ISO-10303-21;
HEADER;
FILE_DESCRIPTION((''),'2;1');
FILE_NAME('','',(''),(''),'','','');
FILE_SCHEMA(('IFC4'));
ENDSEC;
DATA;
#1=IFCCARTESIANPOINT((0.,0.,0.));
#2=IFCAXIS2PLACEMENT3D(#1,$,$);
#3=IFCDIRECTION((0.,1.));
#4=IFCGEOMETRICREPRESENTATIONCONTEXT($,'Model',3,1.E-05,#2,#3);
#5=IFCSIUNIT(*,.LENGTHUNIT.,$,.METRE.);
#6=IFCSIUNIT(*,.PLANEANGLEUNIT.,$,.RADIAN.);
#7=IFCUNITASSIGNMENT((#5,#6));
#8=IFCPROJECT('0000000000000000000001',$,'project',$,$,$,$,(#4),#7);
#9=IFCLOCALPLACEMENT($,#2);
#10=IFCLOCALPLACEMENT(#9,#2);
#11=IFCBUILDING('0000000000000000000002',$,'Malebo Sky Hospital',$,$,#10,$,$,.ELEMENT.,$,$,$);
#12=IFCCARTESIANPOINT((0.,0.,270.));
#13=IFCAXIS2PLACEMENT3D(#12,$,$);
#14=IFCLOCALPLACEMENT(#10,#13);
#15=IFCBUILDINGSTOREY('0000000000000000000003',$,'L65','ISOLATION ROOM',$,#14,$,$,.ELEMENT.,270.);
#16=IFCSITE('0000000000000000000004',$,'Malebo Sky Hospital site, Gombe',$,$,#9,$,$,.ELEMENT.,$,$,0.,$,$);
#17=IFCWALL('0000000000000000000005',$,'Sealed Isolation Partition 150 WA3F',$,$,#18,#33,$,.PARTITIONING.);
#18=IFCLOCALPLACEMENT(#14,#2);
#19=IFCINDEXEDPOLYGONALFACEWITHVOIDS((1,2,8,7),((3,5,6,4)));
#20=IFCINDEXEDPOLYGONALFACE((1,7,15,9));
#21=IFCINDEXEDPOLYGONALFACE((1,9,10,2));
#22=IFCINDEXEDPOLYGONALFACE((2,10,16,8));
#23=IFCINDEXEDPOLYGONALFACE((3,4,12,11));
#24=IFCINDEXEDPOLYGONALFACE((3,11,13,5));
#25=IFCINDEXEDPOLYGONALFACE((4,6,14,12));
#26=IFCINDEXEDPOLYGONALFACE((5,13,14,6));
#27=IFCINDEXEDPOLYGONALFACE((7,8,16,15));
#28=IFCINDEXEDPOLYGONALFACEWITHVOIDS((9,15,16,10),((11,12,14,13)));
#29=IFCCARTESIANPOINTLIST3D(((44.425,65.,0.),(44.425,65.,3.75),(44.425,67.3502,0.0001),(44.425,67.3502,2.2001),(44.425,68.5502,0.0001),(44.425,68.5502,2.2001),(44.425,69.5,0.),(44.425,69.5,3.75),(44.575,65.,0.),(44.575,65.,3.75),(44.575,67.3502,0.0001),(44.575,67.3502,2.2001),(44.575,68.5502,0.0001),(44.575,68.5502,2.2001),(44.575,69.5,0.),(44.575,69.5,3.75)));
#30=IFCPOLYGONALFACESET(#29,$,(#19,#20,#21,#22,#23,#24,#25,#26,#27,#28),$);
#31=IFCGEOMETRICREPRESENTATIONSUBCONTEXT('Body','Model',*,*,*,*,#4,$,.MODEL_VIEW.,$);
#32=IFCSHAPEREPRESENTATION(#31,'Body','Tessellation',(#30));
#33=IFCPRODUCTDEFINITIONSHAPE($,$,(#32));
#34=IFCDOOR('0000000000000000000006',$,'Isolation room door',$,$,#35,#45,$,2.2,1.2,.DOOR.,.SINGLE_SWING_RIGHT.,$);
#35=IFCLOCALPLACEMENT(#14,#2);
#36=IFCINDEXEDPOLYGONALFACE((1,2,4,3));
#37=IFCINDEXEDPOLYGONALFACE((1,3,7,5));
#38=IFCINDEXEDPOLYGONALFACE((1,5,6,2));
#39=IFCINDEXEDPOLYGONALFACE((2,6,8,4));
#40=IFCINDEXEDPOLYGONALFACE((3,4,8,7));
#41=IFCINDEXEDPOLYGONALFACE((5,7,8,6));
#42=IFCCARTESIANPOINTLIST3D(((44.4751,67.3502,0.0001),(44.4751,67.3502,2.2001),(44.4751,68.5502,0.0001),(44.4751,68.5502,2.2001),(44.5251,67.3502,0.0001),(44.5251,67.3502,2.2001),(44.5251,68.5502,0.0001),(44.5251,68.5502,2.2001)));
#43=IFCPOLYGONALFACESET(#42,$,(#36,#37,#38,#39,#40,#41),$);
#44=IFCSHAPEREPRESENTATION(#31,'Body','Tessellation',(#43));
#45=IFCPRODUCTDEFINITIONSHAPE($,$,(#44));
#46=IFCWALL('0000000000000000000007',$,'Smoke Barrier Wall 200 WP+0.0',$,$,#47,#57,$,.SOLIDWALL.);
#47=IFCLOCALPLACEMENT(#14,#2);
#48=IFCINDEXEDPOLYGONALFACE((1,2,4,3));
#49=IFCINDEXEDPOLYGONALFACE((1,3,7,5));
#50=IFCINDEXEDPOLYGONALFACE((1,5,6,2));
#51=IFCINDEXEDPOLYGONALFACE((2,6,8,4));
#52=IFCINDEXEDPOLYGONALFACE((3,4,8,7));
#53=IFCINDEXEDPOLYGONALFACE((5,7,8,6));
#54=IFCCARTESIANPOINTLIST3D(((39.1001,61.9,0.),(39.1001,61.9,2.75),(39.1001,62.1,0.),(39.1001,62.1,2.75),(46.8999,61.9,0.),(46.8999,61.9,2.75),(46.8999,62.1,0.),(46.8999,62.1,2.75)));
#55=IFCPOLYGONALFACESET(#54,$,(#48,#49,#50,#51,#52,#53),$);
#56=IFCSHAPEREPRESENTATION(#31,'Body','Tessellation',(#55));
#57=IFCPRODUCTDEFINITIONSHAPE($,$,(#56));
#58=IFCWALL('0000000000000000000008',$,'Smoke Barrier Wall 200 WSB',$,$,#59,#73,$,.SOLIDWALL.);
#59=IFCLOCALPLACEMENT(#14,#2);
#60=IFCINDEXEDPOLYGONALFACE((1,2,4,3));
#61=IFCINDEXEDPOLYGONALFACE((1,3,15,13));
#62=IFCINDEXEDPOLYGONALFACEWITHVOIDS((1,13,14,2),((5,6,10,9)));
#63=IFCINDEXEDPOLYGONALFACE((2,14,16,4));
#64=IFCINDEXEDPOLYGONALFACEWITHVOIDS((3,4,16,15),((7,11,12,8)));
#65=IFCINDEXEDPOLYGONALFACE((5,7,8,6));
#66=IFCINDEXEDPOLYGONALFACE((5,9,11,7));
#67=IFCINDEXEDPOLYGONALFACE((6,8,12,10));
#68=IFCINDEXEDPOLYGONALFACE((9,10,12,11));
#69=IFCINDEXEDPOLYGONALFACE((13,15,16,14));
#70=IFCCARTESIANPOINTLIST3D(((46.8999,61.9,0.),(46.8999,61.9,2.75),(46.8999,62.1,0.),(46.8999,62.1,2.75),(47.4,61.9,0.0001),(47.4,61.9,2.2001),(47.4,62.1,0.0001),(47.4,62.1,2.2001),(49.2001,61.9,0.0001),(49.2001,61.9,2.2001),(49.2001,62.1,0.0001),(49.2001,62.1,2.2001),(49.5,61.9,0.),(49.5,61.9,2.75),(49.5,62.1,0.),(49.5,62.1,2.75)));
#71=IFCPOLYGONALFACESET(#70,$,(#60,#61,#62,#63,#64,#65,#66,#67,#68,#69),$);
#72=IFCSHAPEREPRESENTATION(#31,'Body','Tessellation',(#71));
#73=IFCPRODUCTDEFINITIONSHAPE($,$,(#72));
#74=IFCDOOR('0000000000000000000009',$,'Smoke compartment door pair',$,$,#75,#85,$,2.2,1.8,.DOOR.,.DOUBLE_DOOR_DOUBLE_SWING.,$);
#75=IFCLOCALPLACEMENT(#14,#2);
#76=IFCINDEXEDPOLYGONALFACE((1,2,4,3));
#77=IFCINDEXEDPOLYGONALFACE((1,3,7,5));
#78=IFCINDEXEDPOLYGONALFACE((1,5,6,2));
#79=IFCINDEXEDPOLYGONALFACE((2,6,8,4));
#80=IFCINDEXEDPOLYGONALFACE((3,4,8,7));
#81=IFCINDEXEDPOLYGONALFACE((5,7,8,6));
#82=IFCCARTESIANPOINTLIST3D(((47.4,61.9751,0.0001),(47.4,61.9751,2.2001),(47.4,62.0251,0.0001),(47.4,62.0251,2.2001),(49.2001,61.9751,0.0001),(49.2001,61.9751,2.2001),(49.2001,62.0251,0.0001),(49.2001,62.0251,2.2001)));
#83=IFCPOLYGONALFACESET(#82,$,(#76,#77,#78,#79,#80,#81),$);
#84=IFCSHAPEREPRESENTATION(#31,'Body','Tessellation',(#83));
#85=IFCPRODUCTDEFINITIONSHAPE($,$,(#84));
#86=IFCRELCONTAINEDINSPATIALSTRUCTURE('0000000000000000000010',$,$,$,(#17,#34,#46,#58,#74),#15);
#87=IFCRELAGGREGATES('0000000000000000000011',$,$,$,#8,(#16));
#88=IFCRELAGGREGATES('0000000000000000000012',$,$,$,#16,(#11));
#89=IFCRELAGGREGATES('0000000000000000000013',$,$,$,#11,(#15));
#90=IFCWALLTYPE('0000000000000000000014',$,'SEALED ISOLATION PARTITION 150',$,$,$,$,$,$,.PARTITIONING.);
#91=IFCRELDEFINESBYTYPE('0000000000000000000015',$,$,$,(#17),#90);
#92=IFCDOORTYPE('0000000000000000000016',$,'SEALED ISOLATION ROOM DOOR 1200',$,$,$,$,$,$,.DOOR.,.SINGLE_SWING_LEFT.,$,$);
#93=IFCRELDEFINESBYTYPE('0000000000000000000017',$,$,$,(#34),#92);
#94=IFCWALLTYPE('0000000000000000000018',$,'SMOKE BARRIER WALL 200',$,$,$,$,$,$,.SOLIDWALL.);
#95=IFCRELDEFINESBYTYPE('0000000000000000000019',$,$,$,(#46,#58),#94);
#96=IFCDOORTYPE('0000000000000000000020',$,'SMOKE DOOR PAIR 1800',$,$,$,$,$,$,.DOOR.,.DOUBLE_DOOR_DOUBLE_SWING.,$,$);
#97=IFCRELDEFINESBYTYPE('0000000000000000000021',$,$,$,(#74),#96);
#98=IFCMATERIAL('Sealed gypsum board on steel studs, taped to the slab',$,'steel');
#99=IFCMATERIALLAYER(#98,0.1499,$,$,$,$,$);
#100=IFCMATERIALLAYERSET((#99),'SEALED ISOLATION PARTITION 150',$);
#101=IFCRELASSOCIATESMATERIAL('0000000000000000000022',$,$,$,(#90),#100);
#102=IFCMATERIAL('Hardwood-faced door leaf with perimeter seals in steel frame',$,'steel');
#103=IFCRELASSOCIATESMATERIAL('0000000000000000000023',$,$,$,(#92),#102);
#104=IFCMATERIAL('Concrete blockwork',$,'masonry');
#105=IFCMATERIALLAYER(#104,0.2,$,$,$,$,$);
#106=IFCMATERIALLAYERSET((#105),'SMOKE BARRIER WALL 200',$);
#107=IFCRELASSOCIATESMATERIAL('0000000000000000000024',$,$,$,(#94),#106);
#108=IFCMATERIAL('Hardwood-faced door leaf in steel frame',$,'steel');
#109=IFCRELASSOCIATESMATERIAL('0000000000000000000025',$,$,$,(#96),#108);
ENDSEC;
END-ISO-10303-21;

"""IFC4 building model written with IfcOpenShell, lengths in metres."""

from ifc_helpers import new_model, si_unit, direction, frame, frame_2d, origin, place, context, subcontext, project, spatial, rectangle, extrude, material, layer, layer_set, type_object, element, fill, save


model = new_model("IFC4")

# Units and contexts
model_context = context("Model", 3, precision=1e-05, world=origin(), true_north=direction((0.0, 1.0)))
body_context = subcontext(model_context, "Body", "Model", "MODEL_VIEW")
ifc_project = project(units=[si_unit("LENGTHUNIT", "METRE"), si_unit("PLANEANGLEUNIT", "RADIAN")], contexts=[model_context])

# Site, building, storey
site_placement = place(None, origin())
site = spatial("IfcSite", under=ifc_project, at=site_placement, Name="Malebo Sky Hospital site, Gombe", CompositionType="ELEMENT", RefElevation=0.0)
building_placement = place(site_placement, origin())
building = spatial("IfcBuilding", under=site, at=building_placement, Name="Malebo Sky Hospital", CompositionType="ELEMENT")
storey_placement = place(building_placement, frame((0.0, 0.0, 270.0)))
storey = spatial("IfcBuildingStorey", under=building, at=storey_placement, Name="L65", Description="ISOLATION ROOM", CompositionType="ELEMENT", Elevation=270.0)

# Shared definitions
ifc_material_1 = material(Name="Hardwood-faced door leaf in steel frame", Category="steel")

# Wall, opening, door
ifc_material_2 = material(Name="Sealed gypsum board on steel studs, taped to the slab", Category="steel")
ifc_layer_1 = layer(ifc_material_2, 0.1499)
ifc_layer_set_1 = layer_set([ifc_layer_1], Name="SEALED ISOLATION PARTITION 150")
wall_type_1 = type_object("IfcWallType", Name="SEALED ISOLATION PARTITION 150", PredefinedType="PARTITIONING", material=ifc_layer_set_1)
wall_1_placement = place(storey_placement, frame((44.5, 65.0, 0.0), z_axis=(0.0, 0.0, 1.0), x_axis=(0.0, 1.0, 0.0)))
wall_1 = element("IfcWall", 1, at=wall_1_placement, inside=storey, type_object=wall_type_1, Name="Sealed Isolation Partition 150 WA3F", PredefinedType="PARTITIONING", context=body_context, shape_type="SweptSolid", body=[
    extrude(rectangle(XDim=4.5, YDim=0.1499, at=frame_2d((2.25, 0.0))), origin(), (0.0, 0.0, 1.0), 3.75),
])
opening_1_placement = place(wall_1_placement, frame((2.3501, 0.0, 0.0)))
opening_1 = element("IfcOpeningElement", 2, at=opening_1_placement, cuts=wall_1, PredefinedType="OPENING", context=body_context, shape_type="SweptSolid", body=[
    extrude(rectangle(XDim=1.2, YDim=2.2, at=frame_2d((0.6001, 1.1001))), frame((0.0, 0.085, 0.0), z_axis=(0.0, -1.0, 0.0), x_axis=(1.0, 0.0, 0.0)), (0.0, 0.0, 1.0), 0.1699),
])
ifc_material_3 = material(Name="Hardwood-faced door leaf with perimeter seals in steel frame", Category="steel")
door_type_1 = type_object("IfcDoorType", Name="SEALED ISOLATION ROOM DOOR 1200", OperationType="SINGLE_SWING_LEFT", PredefinedType="DOOR", material=ifc_material_3)
door_1_placement = place(opening_1_placement, origin())
door_1 = element("IfcDoor", 3, at=door_1_placement, inside=storey, type_object=door_type_1, Name="Isolation room door", OperationType="SINGLE_SWING_RIGHT", OverallHeight=2.2, OverallWidth=1.2, PredefinedType="DOOR", context=body_context, shape_type="SweptSolid", body=[
    extrude(rectangle(XDim=1.2, YDim=2.2, at=frame_2d((0.6001, 1.1001))), frame((0.0, 0.0249, 0.0), z_axis=(0.0, -1.0, 0.0), x_axis=(1.0, 0.0, 0.0)), (0.0, 0.0, 1.0), 0.05),
])
fill(opening_1, door_1)

# Wall
ifc_material_4 = material(Name="Concrete blockwork", Category="masonry")
ifc_layer_2 = layer(ifc_material_4, 0.2)
ifc_layer_set_2 = layer_set([ifc_layer_2], Name="SMOKE BARRIER WALL 200")
wall_type_2 = type_object("IfcWallType", Name="SMOKE BARRIER WALL 200", PredefinedType="SOLIDWALL", material=ifc_layer_set_2)
wall_2_placement = place(storey_placement, frame((46.8999, 62.0, 0.0), z_axis=(0.0, 0.0, 1.0), x_axis=(-1.0, 0.0, 0.0)))
element("IfcWall", 4, at=wall_2_placement, inside=storey, type_object=wall_type_2, Name="Smoke Barrier Wall 200 WP+0.0", PredefinedType="SOLIDWALL", context=body_context, shape_type="SweptSolid", body=[
    extrude(rectangle(XDim=7.7998, YDim=0.2, at=frame_2d((3.8999, 0.0))), origin(), (0.0, 0.0, 1.0), 2.75),
])

# Wall, opening, door
wall_3_placement = place(storey_placement, frame((49.5, 62.0, 0.0), z_axis=(0.0, 0.0, 1.0), x_axis=(-1.0, 0.0, 0.0)))
wall_3 = element("IfcWall", 5, at=wall_3_placement, inside=storey, type_object=wall_type_2, Name="Smoke Barrier Wall 200 WSB", PredefinedType="SOLIDWALL", context=body_context, shape_type="SweptSolid", body=[
    extrude(rectangle(XDim=2.6001, YDim=0.2, at=frame_2d((1.3, 0.0))), origin(), (0.0, 0.0, 1.0), 2.75),
])
opening_2_placement = place(wall_3_placement, frame((0.3, 0.0, 0.0)))
opening_2 = element("IfcOpeningElement", 6, at=opening_2_placement, cuts=wall_3, PredefinedType="OPENING", context=body_context, shape_type="SweptSolid", body=[
    extrude(rectangle(XDim=1.8, YDim=2.2, at=frame_2d((0.8999, 1.1001))), frame((0.0, 0.1099, 0.0), z_axis=(0.0, -1.0, 0.0), x_axis=(1.0, 0.0, 0.0)), (0.0, 0.0, 1.0), 0.22),
])
door_type_2 = type_object("IfcDoorType", Name="SMOKE DOOR PAIR 1800", OperationType="DOUBLE_DOOR_DOUBLE_SWING", PredefinedType="DOOR", material=ifc_material_1)
door_2_placement = place(opening_2_placement, origin())
door_2 = element("IfcDoor", 7, at=door_2_placement, inside=storey, type_object=door_type_2, Name="Smoke compartment door pair", OperationType="DOUBLE_DOOR_DOUBLE_SWING", OverallHeight=2.2, OverallWidth=1.8, PredefinedType="DOOR", context=body_context, shape_type="SweptSolid", body=[
    extrude(rectangle(XDim=1.8, YDim=2.2, at=frame_2d((0.8999, 1.1001))), frame((0.0, 0.0249, 0.0), z_axis=(0.0, -1.0, 0.0), x_axis=(1.0, 0.0, 0.0)), (0.0, 0.0, 1.0), 0.05),
])
fill(opening_2, door_2)

save(model, "model.ifc")
